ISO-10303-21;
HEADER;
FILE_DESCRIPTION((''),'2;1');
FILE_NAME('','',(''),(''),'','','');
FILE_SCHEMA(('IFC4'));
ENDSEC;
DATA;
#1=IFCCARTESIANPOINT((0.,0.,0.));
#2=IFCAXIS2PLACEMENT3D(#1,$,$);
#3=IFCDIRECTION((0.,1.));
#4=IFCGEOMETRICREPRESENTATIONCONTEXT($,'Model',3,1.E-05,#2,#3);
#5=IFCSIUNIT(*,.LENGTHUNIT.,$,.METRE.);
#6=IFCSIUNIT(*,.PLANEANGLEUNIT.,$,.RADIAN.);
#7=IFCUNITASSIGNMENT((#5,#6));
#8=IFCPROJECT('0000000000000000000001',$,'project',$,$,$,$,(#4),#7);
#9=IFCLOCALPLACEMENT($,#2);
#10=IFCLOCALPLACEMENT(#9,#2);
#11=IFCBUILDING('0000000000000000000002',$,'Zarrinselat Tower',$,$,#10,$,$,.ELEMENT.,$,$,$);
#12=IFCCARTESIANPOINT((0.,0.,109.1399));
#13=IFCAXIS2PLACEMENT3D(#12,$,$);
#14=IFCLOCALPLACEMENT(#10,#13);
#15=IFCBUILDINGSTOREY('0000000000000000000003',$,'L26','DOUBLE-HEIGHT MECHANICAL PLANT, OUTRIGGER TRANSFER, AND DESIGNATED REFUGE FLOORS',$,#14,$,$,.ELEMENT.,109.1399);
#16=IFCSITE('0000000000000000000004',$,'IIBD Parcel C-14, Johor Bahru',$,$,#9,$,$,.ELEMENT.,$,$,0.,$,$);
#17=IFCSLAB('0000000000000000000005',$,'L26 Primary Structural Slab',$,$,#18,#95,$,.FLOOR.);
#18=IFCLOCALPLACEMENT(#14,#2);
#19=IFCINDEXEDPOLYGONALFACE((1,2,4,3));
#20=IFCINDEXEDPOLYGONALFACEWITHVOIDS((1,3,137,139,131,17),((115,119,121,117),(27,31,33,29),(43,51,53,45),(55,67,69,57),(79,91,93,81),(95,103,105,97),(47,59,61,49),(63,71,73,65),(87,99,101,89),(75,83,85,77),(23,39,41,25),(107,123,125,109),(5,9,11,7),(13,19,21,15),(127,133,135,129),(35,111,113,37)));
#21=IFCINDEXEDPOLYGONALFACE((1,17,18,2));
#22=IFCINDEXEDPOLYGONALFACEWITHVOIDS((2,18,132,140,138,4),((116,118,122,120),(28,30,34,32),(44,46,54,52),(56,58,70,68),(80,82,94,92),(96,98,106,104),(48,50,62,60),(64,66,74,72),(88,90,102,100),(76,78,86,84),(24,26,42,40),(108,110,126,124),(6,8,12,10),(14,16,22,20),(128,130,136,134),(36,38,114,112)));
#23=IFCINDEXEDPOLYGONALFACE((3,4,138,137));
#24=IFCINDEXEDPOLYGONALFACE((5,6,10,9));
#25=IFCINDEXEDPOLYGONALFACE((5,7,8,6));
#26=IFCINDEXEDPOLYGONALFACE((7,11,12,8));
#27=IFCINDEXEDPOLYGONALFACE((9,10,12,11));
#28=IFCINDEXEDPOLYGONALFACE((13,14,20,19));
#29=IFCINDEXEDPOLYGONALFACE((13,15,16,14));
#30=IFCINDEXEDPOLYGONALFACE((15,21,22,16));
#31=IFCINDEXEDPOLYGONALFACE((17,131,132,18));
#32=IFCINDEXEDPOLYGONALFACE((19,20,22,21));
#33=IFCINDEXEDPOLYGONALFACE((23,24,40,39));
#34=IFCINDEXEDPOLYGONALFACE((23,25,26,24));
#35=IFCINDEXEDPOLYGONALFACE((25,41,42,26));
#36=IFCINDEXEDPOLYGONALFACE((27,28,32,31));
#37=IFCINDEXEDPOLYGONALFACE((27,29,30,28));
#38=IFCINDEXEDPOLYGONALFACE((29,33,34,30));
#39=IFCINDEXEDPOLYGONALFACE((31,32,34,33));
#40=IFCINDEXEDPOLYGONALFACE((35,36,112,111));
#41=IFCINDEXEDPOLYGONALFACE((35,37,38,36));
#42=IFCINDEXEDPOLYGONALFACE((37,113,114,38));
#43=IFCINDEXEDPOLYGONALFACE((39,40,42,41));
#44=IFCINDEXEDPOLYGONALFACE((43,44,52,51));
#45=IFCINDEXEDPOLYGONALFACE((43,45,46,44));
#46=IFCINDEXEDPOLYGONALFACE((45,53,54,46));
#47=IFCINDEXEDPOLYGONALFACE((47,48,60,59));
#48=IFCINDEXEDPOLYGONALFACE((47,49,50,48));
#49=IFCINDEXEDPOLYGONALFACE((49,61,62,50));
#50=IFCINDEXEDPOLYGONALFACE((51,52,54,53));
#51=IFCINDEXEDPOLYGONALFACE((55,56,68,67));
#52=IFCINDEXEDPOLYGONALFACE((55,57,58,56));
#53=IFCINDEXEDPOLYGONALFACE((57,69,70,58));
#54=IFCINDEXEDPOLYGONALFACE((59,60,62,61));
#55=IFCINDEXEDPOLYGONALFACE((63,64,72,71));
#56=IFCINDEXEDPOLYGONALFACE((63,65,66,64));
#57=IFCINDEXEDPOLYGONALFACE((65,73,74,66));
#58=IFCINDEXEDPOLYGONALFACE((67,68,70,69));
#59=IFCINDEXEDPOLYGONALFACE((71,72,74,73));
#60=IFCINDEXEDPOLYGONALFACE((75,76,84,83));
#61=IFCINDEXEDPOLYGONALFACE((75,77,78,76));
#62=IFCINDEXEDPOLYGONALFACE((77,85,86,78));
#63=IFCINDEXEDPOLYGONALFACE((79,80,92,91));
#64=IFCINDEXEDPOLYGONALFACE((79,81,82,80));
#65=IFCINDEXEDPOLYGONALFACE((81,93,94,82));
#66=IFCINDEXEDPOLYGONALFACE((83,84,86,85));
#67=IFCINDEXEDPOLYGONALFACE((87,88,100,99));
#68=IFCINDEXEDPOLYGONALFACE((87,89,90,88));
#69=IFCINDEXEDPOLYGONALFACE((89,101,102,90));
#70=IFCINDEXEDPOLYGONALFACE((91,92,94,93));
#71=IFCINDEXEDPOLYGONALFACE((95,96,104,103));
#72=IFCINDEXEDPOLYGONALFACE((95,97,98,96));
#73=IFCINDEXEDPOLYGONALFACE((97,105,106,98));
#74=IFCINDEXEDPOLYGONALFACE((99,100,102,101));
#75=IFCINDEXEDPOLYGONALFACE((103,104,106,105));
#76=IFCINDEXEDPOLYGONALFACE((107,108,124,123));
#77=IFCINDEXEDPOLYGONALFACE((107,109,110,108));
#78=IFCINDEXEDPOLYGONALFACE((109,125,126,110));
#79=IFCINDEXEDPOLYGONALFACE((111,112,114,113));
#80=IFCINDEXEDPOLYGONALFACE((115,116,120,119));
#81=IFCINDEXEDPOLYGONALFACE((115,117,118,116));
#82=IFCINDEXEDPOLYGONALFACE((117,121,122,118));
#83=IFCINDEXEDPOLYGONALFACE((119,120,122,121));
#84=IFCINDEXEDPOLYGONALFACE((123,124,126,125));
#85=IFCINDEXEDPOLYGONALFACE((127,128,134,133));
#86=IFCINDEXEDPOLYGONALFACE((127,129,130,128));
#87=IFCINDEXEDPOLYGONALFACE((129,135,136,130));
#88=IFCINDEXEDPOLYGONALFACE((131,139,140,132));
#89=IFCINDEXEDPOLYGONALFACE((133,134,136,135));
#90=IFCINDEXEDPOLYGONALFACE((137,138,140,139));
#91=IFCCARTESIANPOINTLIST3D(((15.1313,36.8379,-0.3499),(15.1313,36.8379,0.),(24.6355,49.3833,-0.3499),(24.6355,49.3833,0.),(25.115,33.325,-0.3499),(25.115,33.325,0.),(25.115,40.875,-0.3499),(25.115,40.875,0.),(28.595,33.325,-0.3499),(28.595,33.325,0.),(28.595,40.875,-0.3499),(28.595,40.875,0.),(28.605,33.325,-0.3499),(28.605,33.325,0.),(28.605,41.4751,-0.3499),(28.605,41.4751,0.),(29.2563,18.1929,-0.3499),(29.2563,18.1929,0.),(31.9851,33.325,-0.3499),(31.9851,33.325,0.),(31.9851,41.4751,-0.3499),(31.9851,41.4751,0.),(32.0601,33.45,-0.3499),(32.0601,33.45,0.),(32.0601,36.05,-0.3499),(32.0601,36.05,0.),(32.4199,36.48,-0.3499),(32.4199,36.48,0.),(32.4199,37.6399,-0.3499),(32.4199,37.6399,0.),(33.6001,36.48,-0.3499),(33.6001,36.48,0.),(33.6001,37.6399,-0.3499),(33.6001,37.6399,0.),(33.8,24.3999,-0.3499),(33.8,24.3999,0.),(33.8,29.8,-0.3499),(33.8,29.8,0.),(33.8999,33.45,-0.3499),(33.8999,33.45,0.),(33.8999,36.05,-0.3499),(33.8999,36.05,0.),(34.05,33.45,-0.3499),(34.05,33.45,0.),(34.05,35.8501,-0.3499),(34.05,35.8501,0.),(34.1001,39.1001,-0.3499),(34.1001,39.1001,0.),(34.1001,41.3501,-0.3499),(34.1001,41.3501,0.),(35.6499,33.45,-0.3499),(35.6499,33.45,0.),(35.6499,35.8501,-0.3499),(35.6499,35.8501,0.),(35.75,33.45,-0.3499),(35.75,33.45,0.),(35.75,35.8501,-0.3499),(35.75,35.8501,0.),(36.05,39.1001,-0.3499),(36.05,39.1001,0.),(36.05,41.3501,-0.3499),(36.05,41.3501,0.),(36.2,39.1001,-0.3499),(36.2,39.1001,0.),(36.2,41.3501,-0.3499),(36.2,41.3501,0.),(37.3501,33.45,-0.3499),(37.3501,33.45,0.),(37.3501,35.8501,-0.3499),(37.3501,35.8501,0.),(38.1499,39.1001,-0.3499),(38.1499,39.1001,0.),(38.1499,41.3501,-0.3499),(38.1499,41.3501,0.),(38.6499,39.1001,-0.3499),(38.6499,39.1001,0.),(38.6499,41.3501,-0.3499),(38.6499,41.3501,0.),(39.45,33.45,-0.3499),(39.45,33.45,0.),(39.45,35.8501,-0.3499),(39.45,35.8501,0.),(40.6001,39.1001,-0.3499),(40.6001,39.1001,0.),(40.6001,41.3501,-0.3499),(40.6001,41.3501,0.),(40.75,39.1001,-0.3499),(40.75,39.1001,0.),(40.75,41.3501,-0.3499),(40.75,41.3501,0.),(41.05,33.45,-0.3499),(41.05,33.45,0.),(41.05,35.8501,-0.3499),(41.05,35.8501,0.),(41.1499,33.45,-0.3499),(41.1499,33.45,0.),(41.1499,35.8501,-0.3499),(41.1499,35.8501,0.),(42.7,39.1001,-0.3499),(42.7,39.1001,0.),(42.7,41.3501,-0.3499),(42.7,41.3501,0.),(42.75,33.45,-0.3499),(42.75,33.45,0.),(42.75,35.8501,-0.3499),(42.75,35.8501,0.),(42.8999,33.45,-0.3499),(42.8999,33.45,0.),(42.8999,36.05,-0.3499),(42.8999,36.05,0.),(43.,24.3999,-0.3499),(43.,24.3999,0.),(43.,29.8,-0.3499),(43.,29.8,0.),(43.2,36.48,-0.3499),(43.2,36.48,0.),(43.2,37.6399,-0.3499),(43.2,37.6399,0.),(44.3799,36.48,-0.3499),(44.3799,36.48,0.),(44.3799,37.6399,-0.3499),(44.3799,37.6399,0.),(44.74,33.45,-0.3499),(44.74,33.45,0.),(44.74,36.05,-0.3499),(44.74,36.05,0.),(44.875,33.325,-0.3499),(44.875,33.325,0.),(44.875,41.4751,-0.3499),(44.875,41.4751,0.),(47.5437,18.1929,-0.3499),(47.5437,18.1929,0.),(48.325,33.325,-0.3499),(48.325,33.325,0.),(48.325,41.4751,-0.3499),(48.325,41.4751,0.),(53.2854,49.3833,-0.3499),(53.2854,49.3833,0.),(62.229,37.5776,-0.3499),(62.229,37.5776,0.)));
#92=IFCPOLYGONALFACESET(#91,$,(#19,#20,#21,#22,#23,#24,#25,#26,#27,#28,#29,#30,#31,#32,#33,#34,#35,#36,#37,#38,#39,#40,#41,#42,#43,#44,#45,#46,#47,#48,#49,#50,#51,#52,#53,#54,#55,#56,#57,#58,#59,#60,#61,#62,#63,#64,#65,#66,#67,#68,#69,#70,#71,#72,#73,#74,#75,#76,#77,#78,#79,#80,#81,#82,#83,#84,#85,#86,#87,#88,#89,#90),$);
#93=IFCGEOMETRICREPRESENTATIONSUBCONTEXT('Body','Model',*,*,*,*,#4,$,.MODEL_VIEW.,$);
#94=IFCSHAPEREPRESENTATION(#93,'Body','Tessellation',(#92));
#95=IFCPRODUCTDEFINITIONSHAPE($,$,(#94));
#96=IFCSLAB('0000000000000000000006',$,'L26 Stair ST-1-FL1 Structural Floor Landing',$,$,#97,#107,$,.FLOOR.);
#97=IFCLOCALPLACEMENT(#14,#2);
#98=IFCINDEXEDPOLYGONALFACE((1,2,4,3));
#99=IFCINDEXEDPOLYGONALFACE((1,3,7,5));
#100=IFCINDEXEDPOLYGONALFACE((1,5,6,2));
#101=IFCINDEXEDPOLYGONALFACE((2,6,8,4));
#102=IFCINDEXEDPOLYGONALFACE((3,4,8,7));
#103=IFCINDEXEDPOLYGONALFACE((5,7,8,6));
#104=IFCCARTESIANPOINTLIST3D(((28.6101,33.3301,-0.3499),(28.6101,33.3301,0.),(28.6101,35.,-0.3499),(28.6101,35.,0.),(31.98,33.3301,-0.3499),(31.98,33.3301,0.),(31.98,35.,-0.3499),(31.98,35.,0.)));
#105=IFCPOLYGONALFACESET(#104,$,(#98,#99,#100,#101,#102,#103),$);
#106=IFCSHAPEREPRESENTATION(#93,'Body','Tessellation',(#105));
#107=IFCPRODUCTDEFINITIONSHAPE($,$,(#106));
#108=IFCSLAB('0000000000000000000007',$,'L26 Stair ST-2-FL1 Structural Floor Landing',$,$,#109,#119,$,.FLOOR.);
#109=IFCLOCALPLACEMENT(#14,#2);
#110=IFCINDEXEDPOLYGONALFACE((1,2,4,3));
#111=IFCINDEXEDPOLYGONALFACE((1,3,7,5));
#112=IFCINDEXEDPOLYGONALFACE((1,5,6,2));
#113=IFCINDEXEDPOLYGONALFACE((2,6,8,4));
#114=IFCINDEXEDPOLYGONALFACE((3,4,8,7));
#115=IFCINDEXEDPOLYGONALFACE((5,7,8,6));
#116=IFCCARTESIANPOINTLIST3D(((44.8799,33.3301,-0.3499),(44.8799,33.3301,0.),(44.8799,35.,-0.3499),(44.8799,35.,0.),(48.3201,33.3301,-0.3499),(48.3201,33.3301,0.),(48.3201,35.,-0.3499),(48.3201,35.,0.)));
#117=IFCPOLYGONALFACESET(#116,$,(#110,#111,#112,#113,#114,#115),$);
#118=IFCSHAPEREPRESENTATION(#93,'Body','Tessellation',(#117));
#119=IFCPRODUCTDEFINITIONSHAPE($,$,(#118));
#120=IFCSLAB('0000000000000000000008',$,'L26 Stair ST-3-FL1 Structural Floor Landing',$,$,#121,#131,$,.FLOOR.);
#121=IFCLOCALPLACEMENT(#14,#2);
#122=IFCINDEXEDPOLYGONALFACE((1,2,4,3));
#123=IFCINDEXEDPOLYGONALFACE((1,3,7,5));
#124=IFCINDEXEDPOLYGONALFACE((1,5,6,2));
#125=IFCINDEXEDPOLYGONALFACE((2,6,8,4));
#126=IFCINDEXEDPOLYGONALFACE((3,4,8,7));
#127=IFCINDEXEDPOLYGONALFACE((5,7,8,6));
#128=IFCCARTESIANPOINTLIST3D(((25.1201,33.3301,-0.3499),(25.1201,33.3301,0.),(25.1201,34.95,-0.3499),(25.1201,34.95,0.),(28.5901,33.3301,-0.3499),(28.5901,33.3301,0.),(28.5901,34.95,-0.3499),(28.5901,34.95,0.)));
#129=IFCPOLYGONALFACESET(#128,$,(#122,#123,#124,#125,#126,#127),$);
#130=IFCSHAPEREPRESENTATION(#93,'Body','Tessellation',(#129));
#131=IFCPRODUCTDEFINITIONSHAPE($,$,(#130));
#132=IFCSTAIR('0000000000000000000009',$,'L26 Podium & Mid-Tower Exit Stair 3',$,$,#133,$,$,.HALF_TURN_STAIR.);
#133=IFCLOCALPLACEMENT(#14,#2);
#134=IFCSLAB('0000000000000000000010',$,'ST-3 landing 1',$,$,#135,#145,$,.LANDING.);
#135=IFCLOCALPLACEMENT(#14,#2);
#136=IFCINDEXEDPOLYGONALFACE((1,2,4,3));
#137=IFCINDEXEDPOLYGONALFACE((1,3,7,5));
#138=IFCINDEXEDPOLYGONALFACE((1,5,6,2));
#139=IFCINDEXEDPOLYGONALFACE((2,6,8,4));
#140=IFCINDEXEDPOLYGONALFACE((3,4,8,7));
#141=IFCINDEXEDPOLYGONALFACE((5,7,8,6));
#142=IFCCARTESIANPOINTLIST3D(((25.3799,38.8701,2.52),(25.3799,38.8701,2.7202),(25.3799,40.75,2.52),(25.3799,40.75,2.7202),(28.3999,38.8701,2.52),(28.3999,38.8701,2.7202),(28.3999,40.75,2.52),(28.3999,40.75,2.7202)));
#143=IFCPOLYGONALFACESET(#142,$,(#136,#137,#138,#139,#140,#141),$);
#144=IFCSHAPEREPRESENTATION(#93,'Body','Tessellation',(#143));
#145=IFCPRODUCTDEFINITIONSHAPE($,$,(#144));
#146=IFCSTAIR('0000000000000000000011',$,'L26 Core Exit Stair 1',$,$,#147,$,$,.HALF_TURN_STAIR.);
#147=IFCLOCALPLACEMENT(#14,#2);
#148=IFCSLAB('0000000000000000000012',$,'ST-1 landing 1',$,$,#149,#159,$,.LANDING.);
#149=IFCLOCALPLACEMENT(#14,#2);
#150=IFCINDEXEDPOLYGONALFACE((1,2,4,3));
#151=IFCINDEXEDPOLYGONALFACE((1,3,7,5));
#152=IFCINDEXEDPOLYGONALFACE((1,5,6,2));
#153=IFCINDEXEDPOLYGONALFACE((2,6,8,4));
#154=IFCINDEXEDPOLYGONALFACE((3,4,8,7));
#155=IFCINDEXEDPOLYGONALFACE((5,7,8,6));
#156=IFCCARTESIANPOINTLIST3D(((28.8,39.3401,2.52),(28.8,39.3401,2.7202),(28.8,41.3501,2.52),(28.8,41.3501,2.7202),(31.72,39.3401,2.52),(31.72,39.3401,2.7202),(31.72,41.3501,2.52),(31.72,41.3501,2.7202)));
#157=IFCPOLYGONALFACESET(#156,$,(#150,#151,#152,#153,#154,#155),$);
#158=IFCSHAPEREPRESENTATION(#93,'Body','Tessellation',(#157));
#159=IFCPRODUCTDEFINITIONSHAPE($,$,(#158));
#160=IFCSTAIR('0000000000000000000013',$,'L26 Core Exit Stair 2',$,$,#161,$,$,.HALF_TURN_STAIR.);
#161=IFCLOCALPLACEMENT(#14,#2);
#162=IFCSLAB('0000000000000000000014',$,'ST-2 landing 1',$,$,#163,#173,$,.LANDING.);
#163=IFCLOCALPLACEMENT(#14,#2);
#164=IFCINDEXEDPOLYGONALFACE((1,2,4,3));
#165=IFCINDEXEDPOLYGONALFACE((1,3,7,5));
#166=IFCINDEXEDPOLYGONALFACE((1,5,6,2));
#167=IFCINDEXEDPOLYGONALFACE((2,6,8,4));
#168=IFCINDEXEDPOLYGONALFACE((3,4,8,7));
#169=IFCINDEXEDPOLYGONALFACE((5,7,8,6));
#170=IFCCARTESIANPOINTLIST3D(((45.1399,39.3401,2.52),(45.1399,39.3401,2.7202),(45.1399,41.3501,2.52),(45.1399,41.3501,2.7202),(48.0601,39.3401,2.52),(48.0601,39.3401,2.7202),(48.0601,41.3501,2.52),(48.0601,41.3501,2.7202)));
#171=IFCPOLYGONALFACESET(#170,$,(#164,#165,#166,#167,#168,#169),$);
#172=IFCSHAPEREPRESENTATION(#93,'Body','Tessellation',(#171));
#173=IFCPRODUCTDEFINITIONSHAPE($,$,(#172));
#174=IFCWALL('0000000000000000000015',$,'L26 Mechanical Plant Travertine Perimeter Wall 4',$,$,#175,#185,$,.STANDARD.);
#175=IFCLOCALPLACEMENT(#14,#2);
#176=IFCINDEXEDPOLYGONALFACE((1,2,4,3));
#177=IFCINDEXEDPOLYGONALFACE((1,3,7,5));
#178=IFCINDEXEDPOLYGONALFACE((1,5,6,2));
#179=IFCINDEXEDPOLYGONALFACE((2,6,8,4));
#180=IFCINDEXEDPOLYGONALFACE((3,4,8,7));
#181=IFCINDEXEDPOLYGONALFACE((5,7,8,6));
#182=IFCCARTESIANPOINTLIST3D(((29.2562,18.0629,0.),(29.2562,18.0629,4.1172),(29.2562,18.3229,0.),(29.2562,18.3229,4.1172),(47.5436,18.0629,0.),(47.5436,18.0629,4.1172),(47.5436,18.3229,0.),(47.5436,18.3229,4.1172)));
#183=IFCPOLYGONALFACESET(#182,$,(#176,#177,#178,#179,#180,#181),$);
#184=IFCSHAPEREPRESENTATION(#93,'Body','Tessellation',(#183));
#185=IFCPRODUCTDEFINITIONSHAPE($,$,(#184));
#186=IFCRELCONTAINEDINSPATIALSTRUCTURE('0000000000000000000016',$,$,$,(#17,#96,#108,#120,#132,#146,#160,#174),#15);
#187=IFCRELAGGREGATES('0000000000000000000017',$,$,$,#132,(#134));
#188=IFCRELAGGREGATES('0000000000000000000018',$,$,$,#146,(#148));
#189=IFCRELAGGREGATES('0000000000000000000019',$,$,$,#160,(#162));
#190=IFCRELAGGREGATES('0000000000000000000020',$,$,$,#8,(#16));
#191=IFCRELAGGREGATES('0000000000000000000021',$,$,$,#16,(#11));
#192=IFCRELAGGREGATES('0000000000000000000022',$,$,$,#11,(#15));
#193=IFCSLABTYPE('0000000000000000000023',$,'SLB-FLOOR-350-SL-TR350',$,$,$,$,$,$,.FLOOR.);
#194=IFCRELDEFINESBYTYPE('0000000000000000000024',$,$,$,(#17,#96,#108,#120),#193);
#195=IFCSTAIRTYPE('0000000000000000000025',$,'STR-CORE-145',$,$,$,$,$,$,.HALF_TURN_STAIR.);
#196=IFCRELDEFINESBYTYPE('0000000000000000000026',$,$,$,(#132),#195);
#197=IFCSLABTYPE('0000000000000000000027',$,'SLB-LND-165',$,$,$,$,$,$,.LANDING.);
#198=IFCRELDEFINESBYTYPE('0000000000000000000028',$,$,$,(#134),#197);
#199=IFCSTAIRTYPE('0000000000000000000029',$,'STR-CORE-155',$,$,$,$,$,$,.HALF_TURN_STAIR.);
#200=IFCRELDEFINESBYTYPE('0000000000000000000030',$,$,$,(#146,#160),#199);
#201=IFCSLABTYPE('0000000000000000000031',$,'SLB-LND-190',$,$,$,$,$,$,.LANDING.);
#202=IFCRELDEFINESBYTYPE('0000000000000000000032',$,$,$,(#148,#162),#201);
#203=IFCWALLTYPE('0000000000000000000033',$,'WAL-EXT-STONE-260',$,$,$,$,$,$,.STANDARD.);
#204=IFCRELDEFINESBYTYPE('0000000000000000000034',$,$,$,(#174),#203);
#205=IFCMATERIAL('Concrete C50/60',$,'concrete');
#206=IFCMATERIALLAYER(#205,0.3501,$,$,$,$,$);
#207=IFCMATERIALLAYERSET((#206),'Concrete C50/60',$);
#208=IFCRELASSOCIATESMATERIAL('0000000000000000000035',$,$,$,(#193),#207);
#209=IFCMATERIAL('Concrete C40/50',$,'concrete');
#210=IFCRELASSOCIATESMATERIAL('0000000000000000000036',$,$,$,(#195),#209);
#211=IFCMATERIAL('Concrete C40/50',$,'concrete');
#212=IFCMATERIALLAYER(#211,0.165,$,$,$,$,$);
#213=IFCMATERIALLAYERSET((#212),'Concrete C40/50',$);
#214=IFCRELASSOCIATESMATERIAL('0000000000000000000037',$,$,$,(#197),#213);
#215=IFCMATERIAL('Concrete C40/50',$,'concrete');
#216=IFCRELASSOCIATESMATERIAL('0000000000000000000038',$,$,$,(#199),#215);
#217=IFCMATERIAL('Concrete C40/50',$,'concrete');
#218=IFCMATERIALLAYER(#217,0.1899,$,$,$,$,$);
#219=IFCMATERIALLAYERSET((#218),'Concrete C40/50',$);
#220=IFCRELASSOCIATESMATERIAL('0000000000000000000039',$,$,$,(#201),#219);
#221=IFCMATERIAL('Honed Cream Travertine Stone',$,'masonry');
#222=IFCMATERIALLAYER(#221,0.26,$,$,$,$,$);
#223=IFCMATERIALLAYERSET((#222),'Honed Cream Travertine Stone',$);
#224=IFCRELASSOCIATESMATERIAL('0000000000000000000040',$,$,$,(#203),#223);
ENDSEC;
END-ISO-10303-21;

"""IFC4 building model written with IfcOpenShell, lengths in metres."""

from ifc_helpers import new_model, si_unit, direction, frame, frame_2d, origin, place, context, subcontext, project, spatial, polyline, rectangle, outline, extrude, material, layer, layer_set, type_object, element, aggregate, save


model = new_model("IFC4")

# Units and contexts
model_context = context("Model", 3, precision=1e-05, world=origin(), true_north=direction((0.0, 1.0)))
body_context = subcontext(model_context, "Body", "Model", "MODEL_VIEW")
ifc_project = project(units=[si_unit("LENGTHUNIT", "METRE"), si_unit("PLANEANGLEUNIT", "RADIAN")], contexts=[model_context])

# Site, building, storey
site_placement = place(None, origin())
site = spatial("IfcSite", under=ifc_project, at=site_placement, Name="IIBD Parcel C-14, Johor Bahru", CompositionType="ELEMENT", RefElevation=0.0)
building_placement = place(site_placement, origin())
building = spatial("IfcBuilding", under=site, at=building_placement, Name="Zarrinselat Tower", CompositionType="ELEMENT")
storey_placement = place(building_placement, frame((0.0, 0.0, 109.1399)))
storey = spatial("IfcBuildingStorey", under=building, at=storey_placement, Name="L26", Description="DOUBLE-HEIGHT MECHANICAL PLANT, OUTRIGGER TRANSFER, AND DESIGNATED REFUGE FLOORS", CompositionType="ELEMENT", Elevation=109.1399)

# Slabs
ifc_material_1 = material(Name="Concrete C50/60", Category="concrete")
ifc_layer_1 = layer(ifc_material_1, 0.3501)
ifc_layer_set_1 = layer_set([ifc_layer_1], Name="Concrete C50/60")
slab_type_1 = type_object("IfcSlabType", Name="SLB-FLOOR-350-SL-TR350", PredefinedType="FLOOR", material=ifc_layer_set_1)
slab_1_placement = place(storey_placement, frame((0.0, 0.0, -0.3499)))
element("IfcSlab", 1, at=slab_1_placement, inside=storey, type_object=slab_type_1, Name="L26 Primary Structural Slab", PredefinedType="FLOOR", context=body_context, shape_type="SweptSolid", body=[
    extrude(outline(polyline([(53.2854, 49.3833), (24.6355, 49.3833), (15.1313, 36.8379), (29.2563, 18.1929), (47.5437, 18.1929), (62.229, 37.5776), (53.2854, 49.3833)]), holes=[polyline([(34.05, 33.45), (34.05, 35.8501), (35.6499, 35.8501), (35.6499, 33.45), (34.05, 33.45)]), polyline([(35.75, 33.45), (35.75, 35.8501), (37.3501, 35.8501), (37.3501, 33.45), (35.75, 33.45)]), polyline([(32.0601, 33.45), (32.0601, 36.05), (33.8999, 36.05), (33.8999, 33.45), (32.0601, 33.45)]), polyline([(32.4199, 36.48), (32.4199, 37.6399), (33.6001, 37.6399), (33.6001, 36.48), (32.4199, 36.48)]), polyline([(28.595, 33.325), (25.115, 33.325), (25.115, 40.875), (28.595, 40.875), (28.595, 33.325)]), polyline([(31.9851, 33.325), (28.605, 33.325), (28.605, 41.4751), (31.9851, 41.4751), (31.9851, 33.325)]), polyline([(34.1001, 39.1001), (34.1001, 41.3501), (36.05, 41.3501), (36.05, 39.1001), (34.1001, 39.1001)]), polyline([(36.2, 39.1001), (36.2, 41.3501), (38.1499, 41.3501), (38.1499, 39.1001), (36.2, 39.1001)]), polyline([(33.8, 24.3999), (33.8, 29.8), (43.0, 29.8), (43.0, 24.3999), (33.8, 24.3999)]), polyline([(39.45, 33.45), (39.45, 35.8501), (41.05, 35.8501), (41.05, 33.45), (39.45, 33.45)]), polyline([(41.1499, 33.45), (41.1499, 35.8501), (42.75, 35.8501), (42.75, 33.45), (41.1499, 33.45)]), polyline([(42.8999, 33.45), (42.8999, 36.05), (44.74, 36.05), (44.74, 33.45), (42.8999, 33.45)]), polyline([(43.2, 36.48), (43.2, 37.6399), (44.3799, 37.6399), (44.3799, 36.48), (43.2, 36.48)]), polyline([(48.325, 33.325), (44.875, 33.325), (44.875, 41.4751), (48.325, 41.4751), (48.325, 33.325)]), polyline([(38.6499, 39.1001), (38.6499, 41.3501), (40.6001, 41.3501), (40.6001, 39.1001), (38.6499, 39.1001)]), polyline([(40.75, 39.1001), (40.75, 41.3501), (42.7, 41.3501), (42.7, 39.1001), (40.75, 39.1001)])]), origin(), (0.0, 0.0, 1.0), 0.3499),
])
slab_2_placement = place(storey_placement, frame((0.0, 0.0, -0.3499)))
element("IfcSlab", 2, at=slab_2_placement, inside=storey, type_object=slab_type_1, Name="L26 Stair ST-1-FL1 Structural Floor Landing", PredefinedType="FLOOR", context=body_context, shape_type="SweptSolid", body=[
    extrude(outline(polyline([(31.98, 33.3301), (31.98, 35.0), (28.6101, 35.0), (28.6101, 33.3301), (31.98, 33.3301)])), origin(), (0.0, 0.0, 1.0), 0.3499),
])
slab_3_placement = place(storey_placement, frame((0.0, 0.0, -0.3499)))
element("IfcSlab", 3, at=slab_3_placement, inside=storey, type_object=slab_type_1, Name="L26 Stair ST-2-FL1 Structural Floor Landing", PredefinedType="FLOOR", context=body_context, shape_type="SweptSolid", body=[
    extrude(outline(polyline([(48.3201, 33.3301), (48.3201, 35.0), (44.8799, 35.0), (44.8799, 33.3301), (48.3201, 33.3301)])), origin(), (0.0, 0.0, 1.0), 0.3499),
])
slab_4_placement = place(storey_placement, frame((0.0, 0.0, -0.3499)))
element("IfcSlab", 4, at=slab_4_placement, inside=storey, type_object=slab_type_1, Name="L26 Stair ST-3-FL1 Structural Floor Landing", PredefinedType="FLOOR", context=body_context, shape_type="SweptSolid", body=[
    extrude(outline(polyline([(28.5901, 33.3301), (28.5901, 34.95), (25.1201, 34.95), (25.1201, 33.3301), (28.5901, 33.3301)])), origin(), (0.0, 0.0, 1.0), 0.3499),
])

# Stairs, slabs
ifc_material_2 = material(Name="Concrete C40/50", Category="concrete")
stair_type_1 = type_object("IfcStairType", Name="STR-CORE-145", PredefinedType="HALF_TURN_STAIR", material=ifc_material_2)
stair_1_placement = place(storey_placement, origin())
stair_1 = element("IfcStair", 5, at=stair_1_placement, inside=storey, type_object=stair_type_1, Name="L26 Podium & Mid-Tower Exit Stair 3", PredefinedType="HALF_TURN_STAIR")
ifc_material_3 = material(Name="Concrete C40/50", Category="concrete")
ifc_layer_2 = layer(ifc_material_3, 0.165)
ifc_layer_set_2 = layer_set([ifc_layer_2], Name="Concrete C40/50")
slab_type_2 = type_object("IfcSlabType", Name="SLB-LND-165", PredefinedType="LANDING", material=ifc_layer_set_2)
slab_5_placement = place(storey_placement, frame((0.0, 0.0, 2.52)))
slab_5 = element("IfcSlab", 6, at=slab_5_placement, type_object=slab_type_2, Name="ST-3 landing 1", PredefinedType="LANDING", context=body_context, shape_type="SweptSolid", body=[
    extrude(outline(polyline([(28.3999, 38.8701), (28.3999, 40.75), (25.3799, 40.75), (25.3799, 38.8701), (28.3999, 38.8701)])), origin(), (0.0, 0.0, 1.0), 0.2002),
])
aggregate(stair_1, [slab_5])
ifc_material_4 = material(Name="Concrete C40/50", Category="concrete")
stair_type_2 = type_object("IfcStairType", Name="STR-CORE-155", PredefinedType="HALF_TURN_STAIR", material=ifc_material_4)
stair_2_placement = place(storey_placement, origin())
stair_2 = element("IfcStair", 7, at=stair_2_placement, inside=storey, type_object=stair_type_2, Name="L26 Core Exit Stair 1", PredefinedType="HALF_TURN_STAIR")
ifc_material_5 = material(Name="Concrete C40/50", Category="concrete")
ifc_layer_3 = layer(ifc_material_5, 0.1899)
ifc_layer_set_3 = layer_set([ifc_layer_3], Name="Concrete C40/50")
slab_type_3 = type_object("IfcSlabType", Name="SLB-LND-190", PredefinedType="LANDING", material=ifc_layer_set_3)
slab_6_placement = place(storey_placement, frame((0.0, 0.0, 2.52)))
slab_6 = element("IfcSlab", 8, at=slab_6_placement, type_object=slab_type_3, Name="ST-1 landing 1", PredefinedType="LANDING", context=body_context, shape_type="SweptSolid", body=[
    extrude(outline(polyline([(31.72, 39.3401), (31.72, 41.3501), (28.8, 41.3501), (28.8, 39.3401), (31.72, 39.3401)])), origin(), (0.0, 0.0, 1.0), 0.2002),
])
aggregate(stair_2, [slab_6])
stair_3_placement = place(storey_placement, origin())
stair_3 = element("IfcStair", 9, at=stair_3_placement, inside=storey, type_object=stair_type_2, Name="L26 Core Exit Stair 2", PredefinedType="HALF_TURN_STAIR")
slab_7_placement = place(storey_placement, frame((0.0, 0.0, 2.52)))
slab_7 = element("IfcSlab", 10, at=slab_7_placement, type_object=slab_type_3, Name="ST-2 landing 1", PredefinedType="LANDING", context=body_context, shape_type="SweptSolid", body=[
    extrude(outline(polyline([(48.0601, 39.3401), (48.0601, 41.3501), (45.1399, 41.3501), (45.1399, 39.3401), (48.0601, 39.3401)])), origin(), (0.0, 0.0, 1.0), 0.2002),
])
aggregate(stair_3, [slab_7])

# Wall
ifc_material_6 = material(Name="Honed Cream Travertine Stone", Category="masonry")
ifc_layer_4 = layer(ifc_material_6, 0.26)
ifc_layer_set_4 = layer_set([ifc_layer_4], Name="Honed Cream Travertine Stone")
wall_type_1 = type_object("IfcWallType", Name="WAL-EXT-STONE-260", PredefinedType="STANDARD", material=ifc_layer_set_4)
wall_1_placement = place(storey_placement, frame((29.2563, 18.1929, 0.0), z_axis=(0.0, 0.0, 1.0), x_axis=(1.0, 0.0, 0.0)))
element("IfcWall", 11, at=wall_1_placement, inside=storey, type_object=wall_type_1, Name="L26 Mechanical Plant Travertine Perimeter Wall 4", PredefinedType="STANDARD", context=body_context, shape_type="SweptSolid", body=[
    extrude(rectangle(XDim=18.2874, YDim=0.26, at=frame_2d((9.1436, 0.0))), origin(), (0.0, 0.0, 1.0), 4.1172),
])

save(model, "model.ifc")
